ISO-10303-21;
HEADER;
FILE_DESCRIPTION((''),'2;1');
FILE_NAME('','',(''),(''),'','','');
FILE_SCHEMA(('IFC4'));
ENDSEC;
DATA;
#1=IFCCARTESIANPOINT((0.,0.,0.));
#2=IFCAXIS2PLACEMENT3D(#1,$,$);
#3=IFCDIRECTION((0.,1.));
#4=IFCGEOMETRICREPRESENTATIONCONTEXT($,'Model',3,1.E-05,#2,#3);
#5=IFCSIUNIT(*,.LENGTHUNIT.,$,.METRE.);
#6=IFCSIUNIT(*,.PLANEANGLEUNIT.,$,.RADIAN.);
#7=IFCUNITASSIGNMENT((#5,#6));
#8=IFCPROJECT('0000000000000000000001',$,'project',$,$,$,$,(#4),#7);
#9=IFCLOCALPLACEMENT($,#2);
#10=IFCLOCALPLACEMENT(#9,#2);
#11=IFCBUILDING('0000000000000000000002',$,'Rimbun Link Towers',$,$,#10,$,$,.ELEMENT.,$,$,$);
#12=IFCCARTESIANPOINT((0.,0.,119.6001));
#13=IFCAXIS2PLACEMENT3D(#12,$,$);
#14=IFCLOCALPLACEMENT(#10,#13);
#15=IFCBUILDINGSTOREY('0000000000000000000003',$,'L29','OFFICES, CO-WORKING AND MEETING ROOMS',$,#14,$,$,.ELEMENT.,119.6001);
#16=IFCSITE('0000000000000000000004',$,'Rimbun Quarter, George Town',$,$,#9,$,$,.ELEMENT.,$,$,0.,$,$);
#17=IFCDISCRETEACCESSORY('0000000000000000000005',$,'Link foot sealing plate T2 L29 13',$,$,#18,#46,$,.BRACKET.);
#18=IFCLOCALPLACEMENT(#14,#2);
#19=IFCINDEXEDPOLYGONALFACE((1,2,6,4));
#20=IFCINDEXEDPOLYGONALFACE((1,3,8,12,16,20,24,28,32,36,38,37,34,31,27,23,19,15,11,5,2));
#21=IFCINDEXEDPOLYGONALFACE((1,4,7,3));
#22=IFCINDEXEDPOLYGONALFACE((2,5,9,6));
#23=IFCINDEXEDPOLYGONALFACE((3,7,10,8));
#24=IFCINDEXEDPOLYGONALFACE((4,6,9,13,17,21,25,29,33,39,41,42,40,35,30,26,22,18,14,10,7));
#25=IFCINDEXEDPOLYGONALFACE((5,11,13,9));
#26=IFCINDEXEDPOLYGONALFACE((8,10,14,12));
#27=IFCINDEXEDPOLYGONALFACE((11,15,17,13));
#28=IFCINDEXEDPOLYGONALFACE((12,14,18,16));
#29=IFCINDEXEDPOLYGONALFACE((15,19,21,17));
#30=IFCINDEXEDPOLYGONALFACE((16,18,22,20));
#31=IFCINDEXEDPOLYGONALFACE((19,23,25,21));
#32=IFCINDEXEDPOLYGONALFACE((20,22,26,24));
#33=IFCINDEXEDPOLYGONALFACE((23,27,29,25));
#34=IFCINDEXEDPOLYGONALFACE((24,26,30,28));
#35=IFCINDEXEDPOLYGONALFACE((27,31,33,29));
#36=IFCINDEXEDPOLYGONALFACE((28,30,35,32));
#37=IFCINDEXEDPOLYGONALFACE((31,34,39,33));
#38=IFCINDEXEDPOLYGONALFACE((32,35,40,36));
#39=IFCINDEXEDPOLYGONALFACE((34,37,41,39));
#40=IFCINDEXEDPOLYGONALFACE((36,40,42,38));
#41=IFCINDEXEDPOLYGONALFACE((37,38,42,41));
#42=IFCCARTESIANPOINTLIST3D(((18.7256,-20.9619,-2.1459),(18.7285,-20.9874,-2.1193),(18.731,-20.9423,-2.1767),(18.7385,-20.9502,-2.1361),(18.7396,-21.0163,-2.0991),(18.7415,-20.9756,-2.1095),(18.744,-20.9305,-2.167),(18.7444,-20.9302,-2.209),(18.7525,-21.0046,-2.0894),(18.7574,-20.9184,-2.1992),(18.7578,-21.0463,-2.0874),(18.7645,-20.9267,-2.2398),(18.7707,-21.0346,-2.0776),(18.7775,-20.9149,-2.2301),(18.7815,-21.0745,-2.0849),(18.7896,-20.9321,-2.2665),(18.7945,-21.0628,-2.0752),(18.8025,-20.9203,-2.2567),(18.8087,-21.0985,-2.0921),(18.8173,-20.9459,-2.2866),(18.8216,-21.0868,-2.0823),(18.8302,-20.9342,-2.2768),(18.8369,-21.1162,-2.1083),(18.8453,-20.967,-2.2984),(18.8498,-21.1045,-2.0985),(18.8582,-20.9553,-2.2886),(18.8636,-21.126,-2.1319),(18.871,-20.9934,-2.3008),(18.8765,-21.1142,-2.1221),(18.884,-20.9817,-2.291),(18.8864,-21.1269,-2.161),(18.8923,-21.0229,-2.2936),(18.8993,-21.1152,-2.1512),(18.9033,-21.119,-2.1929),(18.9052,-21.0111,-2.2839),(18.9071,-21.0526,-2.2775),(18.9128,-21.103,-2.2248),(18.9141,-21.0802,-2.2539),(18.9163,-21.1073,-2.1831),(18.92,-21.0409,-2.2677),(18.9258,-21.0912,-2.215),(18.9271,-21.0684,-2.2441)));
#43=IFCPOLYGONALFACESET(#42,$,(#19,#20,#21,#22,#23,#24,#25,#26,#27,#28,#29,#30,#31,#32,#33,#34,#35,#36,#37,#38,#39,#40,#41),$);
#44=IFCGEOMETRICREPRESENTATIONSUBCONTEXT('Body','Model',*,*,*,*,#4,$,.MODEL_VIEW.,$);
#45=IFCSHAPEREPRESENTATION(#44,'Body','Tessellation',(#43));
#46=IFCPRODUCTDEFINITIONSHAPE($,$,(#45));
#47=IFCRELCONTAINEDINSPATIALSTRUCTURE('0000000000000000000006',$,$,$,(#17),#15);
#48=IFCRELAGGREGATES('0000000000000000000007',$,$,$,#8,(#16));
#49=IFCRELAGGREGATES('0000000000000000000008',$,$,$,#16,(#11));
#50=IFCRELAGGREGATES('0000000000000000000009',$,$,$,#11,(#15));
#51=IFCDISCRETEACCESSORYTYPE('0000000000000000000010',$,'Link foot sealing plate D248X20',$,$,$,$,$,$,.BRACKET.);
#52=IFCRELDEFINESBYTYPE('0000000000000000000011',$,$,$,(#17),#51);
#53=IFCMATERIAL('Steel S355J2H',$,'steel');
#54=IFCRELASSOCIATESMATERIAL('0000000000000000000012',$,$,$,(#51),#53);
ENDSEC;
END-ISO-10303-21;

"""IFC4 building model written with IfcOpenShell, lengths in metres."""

from ifc_helpers import new_model, si_unit, direction, frame, origin, origin_2d, place, context, subcontext, project, spatial, circle, extrude, material, material_profile, profile_set, type_object, element, save


model = new_model("IFC4")

# Units and contexts
model_context = context("Model", 3, precision=1e-05, world=origin(), true_north=direction((0.0, 1.0)))
body_context = subcontext(model_context, "Body", "Model", "MODEL_VIEW")
ifc_project = project(units=[si_unit("LENGTHUNIT", "METRE"), si_unit("PLANEANGLEUNIT", "RADIAN")], contexts=[model_context])

# Site, building, storey
site_placement = place(None, origin())
site = spatial("IfcSite", under=ifc_project, at=site_placement, Name="Rimbun Quarter, George Town", CompositionType="ELEMENT", RefElevation=0.0)
building_placement = place(site_placement, origin())
building = spatial("IfcBuilding", under=site, at=building_placement, Name="Rimbun Link Towers", CompositionType="ELEMENT")
storey_placement = place(building_placement, frame((0.0, 0.0, 119.6001)))
storey = spatial("IfcBuildingStorey", under=building, at=storey_placement, Name="L29", Description="OFFICES, CO-WORKING AND MEETING ROOMS", CompositionType="ELEMENT", Elevation=119.6001)

# Discrete accessory
ifc_material_1 = material(Name="Steel S355J2H", Category="steel")
ifc_material_profile_1 = material_profile(ifc_material_1, circle(Radius=0.124, at=origin_2d()), Name="PL D248")
ifc_profile_set_1 = profile_set([ifc_material_profile_1], Name="Steel S355J2H")
discrete_accessory_type = type_object("IfcDiscreteAccessoryType", Name="Link foot sealing plate D248X20", PredefinedType="BRACKET", material=ifc_profile_set_1)
discrete_accessory_placement = place(storey_placement, frame((18.833, -21.0154, -2.1831), z_axis=(-0.646871, -0.585845, -0.488204), x_axis=(0.671279, -0.741204, 0.0)))
element("IfcDiscreteAccessory", 1, at=discrete_accessory_placement, inside=storey, type_object=discrete_accessory_type, Name="Link foot sealing plate T2 L29 13", PredefinedType="BRACKET", context=body_context, shape_type="SweptSolid", body=[
    extrude(circle(Radius=0.124, at=origin_2d()), origin(), (0.0, 0.0, 1.0), 0.02),
])

save(model, "model.ifc")
